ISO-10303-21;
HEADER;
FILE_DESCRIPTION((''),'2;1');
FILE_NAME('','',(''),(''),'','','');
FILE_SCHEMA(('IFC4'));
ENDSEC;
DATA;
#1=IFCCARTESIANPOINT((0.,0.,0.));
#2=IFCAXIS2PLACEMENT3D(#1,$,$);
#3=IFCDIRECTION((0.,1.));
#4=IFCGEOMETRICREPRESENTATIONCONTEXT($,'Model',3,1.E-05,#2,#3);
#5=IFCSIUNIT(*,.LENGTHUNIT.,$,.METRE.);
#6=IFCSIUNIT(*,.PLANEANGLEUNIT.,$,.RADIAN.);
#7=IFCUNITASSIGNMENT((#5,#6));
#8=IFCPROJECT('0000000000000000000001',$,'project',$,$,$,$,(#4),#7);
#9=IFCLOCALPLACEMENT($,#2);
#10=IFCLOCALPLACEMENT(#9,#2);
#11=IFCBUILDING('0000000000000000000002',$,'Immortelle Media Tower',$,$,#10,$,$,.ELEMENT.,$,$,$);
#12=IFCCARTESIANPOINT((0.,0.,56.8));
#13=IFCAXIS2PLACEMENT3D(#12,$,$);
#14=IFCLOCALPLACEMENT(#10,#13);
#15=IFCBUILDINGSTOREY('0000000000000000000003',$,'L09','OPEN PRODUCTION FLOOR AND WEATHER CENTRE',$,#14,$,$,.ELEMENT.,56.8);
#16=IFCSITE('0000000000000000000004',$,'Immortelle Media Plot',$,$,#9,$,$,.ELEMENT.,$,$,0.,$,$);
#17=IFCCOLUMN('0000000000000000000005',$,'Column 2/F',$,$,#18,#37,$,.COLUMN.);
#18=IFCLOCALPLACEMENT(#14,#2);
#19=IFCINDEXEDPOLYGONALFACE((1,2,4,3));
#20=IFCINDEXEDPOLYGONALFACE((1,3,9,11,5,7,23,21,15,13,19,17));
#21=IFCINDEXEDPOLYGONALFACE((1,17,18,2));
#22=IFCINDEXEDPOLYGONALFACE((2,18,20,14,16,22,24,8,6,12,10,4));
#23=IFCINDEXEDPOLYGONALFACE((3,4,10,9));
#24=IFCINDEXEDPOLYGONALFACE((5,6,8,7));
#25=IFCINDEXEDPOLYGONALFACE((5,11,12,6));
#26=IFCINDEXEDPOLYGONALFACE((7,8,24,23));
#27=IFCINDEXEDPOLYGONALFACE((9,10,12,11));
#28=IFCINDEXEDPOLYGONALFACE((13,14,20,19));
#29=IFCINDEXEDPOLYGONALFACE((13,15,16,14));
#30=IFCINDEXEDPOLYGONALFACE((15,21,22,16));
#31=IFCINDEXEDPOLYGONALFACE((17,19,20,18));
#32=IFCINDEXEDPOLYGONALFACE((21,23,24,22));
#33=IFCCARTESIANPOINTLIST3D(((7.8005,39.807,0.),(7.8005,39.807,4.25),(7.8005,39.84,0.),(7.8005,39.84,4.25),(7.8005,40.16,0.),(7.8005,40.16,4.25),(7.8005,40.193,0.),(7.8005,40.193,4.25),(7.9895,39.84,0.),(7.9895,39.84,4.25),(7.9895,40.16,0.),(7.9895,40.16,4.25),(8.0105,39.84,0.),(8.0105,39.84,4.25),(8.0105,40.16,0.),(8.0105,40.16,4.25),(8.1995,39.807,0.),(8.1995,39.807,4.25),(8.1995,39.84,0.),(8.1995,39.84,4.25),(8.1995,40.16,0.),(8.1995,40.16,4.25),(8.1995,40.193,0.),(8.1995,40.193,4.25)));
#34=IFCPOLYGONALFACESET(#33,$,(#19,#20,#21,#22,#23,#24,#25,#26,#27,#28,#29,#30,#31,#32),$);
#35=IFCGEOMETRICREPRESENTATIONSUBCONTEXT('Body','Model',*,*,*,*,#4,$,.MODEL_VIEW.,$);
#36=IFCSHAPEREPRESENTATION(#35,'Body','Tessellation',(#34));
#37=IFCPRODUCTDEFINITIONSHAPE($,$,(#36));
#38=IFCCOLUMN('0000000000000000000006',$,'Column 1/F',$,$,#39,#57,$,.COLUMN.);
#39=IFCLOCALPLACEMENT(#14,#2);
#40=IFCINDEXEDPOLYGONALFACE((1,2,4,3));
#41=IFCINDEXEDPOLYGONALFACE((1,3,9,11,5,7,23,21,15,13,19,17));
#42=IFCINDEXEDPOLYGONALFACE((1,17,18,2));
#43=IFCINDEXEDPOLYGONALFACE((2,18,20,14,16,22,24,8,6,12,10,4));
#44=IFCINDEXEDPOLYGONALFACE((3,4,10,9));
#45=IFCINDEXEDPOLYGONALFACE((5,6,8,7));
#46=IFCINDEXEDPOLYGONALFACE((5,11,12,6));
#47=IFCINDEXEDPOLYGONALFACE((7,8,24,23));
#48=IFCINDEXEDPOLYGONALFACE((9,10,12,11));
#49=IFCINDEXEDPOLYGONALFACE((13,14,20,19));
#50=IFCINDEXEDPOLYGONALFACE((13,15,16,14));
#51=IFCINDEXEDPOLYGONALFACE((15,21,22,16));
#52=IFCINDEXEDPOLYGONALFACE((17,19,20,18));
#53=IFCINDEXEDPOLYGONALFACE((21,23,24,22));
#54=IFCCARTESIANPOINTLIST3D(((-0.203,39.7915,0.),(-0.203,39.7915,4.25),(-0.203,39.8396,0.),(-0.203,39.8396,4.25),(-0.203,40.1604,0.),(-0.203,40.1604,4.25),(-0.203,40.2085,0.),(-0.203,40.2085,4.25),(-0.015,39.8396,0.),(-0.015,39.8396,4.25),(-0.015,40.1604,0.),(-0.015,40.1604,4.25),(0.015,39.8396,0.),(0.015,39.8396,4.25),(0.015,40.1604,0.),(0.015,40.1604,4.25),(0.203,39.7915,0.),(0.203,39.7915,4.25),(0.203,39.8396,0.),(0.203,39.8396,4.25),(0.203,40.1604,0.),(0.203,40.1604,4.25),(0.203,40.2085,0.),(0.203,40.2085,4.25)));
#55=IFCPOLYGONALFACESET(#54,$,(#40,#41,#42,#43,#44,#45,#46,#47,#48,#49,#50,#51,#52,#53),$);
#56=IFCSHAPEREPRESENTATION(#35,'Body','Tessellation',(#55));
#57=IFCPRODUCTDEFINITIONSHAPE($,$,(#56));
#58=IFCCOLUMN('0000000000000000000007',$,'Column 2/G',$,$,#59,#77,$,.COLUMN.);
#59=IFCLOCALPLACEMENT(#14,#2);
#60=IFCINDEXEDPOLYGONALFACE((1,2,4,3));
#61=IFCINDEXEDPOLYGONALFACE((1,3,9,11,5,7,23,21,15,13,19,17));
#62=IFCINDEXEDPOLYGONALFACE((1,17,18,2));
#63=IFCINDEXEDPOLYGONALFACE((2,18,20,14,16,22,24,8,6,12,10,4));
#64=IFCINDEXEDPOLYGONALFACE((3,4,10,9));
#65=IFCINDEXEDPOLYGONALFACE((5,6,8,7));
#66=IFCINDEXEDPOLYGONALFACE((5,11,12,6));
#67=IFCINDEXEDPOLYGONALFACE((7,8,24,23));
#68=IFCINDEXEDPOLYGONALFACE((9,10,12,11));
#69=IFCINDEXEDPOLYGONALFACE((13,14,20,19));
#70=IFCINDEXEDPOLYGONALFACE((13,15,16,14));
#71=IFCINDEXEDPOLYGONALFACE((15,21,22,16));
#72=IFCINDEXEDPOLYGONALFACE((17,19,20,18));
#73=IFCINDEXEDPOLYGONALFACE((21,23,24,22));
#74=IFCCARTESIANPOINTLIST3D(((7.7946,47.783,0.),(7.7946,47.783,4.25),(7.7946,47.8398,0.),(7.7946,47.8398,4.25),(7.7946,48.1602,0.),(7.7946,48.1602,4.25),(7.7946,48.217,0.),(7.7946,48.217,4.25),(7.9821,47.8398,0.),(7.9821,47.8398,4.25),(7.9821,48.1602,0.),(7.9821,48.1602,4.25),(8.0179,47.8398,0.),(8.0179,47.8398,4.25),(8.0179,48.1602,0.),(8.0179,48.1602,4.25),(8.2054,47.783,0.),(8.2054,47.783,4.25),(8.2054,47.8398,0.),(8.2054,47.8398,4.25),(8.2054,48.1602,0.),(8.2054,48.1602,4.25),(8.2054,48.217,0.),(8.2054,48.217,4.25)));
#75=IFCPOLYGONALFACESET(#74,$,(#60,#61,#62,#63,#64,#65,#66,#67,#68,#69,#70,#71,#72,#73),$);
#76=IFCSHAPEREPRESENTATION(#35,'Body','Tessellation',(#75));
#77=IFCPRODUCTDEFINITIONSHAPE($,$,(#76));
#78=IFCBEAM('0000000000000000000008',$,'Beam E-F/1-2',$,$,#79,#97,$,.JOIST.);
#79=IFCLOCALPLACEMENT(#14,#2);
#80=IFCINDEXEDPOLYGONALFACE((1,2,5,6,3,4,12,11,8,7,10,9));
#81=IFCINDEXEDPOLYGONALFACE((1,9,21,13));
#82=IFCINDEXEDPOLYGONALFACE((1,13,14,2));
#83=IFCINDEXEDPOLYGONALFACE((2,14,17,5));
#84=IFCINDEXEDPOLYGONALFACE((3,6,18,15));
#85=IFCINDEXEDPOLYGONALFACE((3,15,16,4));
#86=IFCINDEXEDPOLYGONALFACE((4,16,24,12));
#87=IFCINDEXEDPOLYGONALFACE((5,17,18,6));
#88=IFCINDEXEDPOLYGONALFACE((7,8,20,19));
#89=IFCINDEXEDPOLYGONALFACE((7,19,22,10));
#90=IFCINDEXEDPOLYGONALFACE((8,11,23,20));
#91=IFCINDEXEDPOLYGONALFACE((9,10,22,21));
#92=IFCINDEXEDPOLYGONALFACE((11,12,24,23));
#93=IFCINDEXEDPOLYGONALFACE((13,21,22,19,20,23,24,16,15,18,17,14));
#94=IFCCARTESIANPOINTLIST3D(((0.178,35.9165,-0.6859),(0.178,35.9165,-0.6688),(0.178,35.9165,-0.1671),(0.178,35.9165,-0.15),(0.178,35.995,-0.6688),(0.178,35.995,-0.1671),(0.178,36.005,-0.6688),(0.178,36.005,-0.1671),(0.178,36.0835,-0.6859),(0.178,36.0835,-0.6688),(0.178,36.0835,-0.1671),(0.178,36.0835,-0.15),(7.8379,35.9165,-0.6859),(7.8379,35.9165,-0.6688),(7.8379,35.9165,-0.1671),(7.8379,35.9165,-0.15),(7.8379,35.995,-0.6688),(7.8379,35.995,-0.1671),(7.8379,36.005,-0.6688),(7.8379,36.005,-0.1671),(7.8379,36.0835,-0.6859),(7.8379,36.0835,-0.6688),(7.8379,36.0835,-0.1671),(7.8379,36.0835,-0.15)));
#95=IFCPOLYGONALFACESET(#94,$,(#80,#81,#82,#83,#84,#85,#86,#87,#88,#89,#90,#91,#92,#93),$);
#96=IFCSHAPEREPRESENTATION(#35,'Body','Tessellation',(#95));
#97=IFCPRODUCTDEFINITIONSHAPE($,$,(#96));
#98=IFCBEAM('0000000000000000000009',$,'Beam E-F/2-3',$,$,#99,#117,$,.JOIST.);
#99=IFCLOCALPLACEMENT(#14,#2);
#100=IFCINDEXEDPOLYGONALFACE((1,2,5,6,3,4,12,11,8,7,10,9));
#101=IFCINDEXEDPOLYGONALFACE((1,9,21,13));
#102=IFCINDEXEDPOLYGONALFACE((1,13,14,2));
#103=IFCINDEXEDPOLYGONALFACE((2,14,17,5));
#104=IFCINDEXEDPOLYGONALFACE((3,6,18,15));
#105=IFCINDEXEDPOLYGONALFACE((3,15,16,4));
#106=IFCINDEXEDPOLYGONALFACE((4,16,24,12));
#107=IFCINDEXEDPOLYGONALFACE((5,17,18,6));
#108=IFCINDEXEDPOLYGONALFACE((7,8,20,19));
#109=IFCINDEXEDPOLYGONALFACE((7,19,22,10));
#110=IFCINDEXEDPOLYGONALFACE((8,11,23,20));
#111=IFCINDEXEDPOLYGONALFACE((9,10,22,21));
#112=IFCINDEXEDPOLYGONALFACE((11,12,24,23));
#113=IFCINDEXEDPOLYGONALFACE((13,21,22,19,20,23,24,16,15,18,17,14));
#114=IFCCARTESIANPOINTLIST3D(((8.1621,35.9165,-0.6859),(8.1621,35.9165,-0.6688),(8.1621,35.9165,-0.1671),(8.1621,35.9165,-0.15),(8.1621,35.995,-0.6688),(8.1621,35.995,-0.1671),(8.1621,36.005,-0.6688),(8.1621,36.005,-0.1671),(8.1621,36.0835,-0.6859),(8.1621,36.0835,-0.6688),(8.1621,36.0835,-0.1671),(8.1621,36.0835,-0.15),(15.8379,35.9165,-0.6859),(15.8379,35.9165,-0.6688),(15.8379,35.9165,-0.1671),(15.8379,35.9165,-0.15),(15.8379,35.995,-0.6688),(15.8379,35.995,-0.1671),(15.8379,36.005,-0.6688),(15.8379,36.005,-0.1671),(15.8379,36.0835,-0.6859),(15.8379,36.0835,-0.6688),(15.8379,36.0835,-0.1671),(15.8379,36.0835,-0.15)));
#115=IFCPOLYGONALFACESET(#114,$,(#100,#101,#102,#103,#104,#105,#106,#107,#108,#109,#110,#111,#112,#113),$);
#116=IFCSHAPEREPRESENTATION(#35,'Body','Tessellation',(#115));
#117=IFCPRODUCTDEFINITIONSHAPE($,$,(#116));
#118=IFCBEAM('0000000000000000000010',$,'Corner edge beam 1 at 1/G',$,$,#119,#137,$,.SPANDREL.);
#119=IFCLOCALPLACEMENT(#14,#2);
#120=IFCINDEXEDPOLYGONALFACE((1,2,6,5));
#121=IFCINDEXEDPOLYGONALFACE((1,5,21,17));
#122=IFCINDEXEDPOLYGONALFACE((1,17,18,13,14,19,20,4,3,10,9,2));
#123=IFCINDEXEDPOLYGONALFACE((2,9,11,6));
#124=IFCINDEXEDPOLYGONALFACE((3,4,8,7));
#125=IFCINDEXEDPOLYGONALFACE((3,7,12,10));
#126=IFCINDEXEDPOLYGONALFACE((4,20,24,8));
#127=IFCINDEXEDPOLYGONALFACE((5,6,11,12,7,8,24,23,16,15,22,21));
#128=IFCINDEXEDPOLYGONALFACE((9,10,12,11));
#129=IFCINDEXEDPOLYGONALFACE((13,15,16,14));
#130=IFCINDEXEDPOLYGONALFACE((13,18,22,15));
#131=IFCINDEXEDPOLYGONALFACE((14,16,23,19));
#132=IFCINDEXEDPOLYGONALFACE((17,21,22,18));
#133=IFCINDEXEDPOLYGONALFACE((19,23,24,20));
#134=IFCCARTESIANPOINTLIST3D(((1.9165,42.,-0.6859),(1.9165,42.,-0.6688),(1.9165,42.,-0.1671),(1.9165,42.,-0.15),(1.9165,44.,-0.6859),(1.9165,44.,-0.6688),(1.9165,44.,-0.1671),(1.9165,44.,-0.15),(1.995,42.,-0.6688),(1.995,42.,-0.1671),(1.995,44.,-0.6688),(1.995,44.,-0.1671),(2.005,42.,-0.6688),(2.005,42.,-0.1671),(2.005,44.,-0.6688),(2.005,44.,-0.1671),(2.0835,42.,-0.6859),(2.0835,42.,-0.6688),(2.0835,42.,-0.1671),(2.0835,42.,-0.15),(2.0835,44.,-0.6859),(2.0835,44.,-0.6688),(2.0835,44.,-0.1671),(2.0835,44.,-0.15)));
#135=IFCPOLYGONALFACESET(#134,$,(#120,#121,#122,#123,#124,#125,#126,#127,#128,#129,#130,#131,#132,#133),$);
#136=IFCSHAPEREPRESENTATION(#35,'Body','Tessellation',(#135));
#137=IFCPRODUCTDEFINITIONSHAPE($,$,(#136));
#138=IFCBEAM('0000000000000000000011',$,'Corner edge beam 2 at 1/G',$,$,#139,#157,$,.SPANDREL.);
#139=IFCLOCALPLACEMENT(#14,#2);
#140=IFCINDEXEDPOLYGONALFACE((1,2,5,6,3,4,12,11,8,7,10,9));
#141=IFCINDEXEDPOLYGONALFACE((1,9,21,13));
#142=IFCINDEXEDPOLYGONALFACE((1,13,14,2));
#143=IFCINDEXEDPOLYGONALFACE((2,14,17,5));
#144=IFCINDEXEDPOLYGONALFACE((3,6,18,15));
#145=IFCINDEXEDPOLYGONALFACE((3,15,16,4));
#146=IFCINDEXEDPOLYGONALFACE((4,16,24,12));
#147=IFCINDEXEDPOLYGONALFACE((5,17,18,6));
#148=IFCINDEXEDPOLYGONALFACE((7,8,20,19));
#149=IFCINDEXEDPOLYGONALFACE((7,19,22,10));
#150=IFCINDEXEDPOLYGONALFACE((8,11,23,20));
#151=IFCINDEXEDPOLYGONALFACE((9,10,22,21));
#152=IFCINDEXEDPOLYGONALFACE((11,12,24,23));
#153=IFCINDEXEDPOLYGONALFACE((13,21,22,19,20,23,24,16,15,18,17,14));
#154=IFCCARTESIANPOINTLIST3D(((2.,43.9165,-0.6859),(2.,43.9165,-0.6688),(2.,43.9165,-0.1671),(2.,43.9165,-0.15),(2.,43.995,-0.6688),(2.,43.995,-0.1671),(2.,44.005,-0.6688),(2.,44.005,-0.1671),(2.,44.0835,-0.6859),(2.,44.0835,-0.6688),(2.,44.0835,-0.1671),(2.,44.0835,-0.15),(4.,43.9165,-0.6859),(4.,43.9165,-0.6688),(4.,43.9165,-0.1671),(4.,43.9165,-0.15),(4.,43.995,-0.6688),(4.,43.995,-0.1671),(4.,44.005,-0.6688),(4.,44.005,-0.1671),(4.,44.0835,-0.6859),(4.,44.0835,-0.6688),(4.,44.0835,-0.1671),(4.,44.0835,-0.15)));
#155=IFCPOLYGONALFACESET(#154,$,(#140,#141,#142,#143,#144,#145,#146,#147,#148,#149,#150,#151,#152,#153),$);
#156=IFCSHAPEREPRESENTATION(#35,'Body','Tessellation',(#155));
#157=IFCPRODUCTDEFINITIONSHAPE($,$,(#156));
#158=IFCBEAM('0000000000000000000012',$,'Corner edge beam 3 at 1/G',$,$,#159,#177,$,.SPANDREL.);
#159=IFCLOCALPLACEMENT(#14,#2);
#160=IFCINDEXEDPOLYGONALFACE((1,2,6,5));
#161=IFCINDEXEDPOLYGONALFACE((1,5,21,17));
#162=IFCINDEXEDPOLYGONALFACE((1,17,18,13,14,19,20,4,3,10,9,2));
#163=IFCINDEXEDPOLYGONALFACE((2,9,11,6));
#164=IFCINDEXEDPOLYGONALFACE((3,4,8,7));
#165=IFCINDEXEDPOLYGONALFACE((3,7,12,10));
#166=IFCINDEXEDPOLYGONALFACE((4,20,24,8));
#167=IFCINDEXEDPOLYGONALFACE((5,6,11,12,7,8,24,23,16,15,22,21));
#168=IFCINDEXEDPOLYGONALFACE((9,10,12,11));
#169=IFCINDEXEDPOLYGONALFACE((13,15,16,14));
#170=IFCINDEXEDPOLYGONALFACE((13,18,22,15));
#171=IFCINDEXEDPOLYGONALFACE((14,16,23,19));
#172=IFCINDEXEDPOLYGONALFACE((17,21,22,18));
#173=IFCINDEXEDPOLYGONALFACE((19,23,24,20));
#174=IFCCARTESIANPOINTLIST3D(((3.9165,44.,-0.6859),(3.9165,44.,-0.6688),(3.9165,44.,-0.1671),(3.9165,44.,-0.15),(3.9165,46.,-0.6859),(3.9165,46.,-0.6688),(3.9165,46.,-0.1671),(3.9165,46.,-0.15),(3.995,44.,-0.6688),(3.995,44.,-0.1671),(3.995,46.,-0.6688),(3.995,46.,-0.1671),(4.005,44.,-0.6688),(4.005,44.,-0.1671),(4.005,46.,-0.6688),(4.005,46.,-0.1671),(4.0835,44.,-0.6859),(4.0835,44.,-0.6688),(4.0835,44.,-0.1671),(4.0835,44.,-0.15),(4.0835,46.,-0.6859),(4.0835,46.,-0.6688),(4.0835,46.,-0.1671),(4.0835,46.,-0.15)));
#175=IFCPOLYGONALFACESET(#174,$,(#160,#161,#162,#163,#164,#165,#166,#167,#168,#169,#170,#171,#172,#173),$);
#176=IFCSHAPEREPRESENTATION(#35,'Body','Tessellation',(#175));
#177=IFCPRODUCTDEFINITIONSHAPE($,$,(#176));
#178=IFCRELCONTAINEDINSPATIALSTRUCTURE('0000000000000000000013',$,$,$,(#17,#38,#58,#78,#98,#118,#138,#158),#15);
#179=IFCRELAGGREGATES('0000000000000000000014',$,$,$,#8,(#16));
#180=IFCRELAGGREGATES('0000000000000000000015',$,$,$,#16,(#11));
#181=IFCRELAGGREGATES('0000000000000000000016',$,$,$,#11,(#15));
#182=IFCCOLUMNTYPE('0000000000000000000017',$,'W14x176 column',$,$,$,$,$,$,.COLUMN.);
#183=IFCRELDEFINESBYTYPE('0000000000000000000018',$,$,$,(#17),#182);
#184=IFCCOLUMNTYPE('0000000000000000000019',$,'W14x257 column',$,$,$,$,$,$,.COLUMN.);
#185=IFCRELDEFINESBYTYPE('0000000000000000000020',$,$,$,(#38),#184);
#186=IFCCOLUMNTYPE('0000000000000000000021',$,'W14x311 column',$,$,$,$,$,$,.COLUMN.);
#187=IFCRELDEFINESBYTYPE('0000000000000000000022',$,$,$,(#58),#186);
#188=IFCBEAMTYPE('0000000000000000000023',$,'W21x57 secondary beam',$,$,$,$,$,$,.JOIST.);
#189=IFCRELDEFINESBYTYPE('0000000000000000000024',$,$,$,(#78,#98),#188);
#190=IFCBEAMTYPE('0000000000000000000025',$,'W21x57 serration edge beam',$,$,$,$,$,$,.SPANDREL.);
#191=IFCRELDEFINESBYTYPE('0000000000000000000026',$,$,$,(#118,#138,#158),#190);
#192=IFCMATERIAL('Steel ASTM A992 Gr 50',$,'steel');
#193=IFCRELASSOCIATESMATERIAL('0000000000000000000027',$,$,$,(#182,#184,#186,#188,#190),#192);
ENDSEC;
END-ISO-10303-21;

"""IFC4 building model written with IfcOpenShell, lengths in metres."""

from ifc_helpers import new_model, si_unit, direction, frame, origin, origin_2d, place, context, subcontext, project, spatial, i_section, extrude, material, material_profile, profile_set, type_object, element, save


model = new_model("IFC4")

# Units and contexts
model_context = context("Model", 3, precision=1e-05, world=origin(), true_north=direction((0.0, 1.0)))
body_context = subcontext(model_context, "Body", "Model", "MODEL_VIEW")
ifc_project = project(units=[si_unit("LENGTHUNIT", "METRE"), si_unit("PLANEANGLEUNIT", "RADIAN")], contexts=[model_context])

# Site, building, storey
site_placement = place(None, origin())
site = spatial("IfcSite", under=ifc_project, at=site_placement, Name="Immortelle Media Plot", CompositionType="ELEMENT", RefElevation=0.0)
building_placement = place(site_placement, origin())
building = spatial("IfcBuilding", under=site, at=building_placement, Name="Immortelle Media Tower", CompositionType="ELEMENT")
storey_placement = place(building_placement, frame((0.0, 0.0, 56.8)))
storey = spatial("IfcBuildingStorey", under=building, at=storey_placement, Name="L09", Description="OPEN PRODUCTION FLOOR AND WEATHER CENTRE", CompositionType="ELEMENT", Elevation=56.8)

# Columns
ifc_material_1 = material(Name="Steel ASTM A992 Gr 50", Category="steel")
ifc_material_profile_1 = material_profile(ifc_material_1, i_section(OverallWidth=0.3989, OverallDepth=0.386, WebThickness=0.021, FlangeThickness=0.033, at=origin_2d()), Name="W14x176")
ifc_profile_set_1 = profile_set([ifc_material_profile_1], Name="Steel ASTM A992 Gr 50")
column_type_1 = type_object("IfcColumnType", Name="W14x176 column", PredefinedType="COLUMN", material=ifc_profile_set_1)
column_1_placement = place(storey_placement, frame((8.0, 40.0, 0.0), z_axis=(0.0, 0.0, 1.0), x_axis=(1.0, 0.0, 0.0)))
element("IfcColumn", 1, at=column_1_placement, inside=storey, type_object=column_type_1, Name="Column 2/F", PredefinedType="COLUMN", context=body_context, shape_type="SweptSolid", body=[
    extrude(i_section(OverallWidth=0.3989, OverallDepth=0.386, WebThickness=0.021, FlangeThickness=0.033, at=origin_2d()), origin(), (0.0, 0.0, 1.0), 4.25),
])
ifc_material_profile_2 = material_profile(ifc_material_1, i_section(OverallWidth=0.406, OverallDepth=0.417, WebThickness=0.03, FlangeThickness=0.0481, at=origin_2d()), Name="W14x257")
ifc_profile_set_2 = profile_set([ifc_material_profile_2], Name="Steel ASTM A992 Gr 50")
column_type_2 = type_object("IfcColumnType", Name="W14x257 column", PredefinedType="COLUMN", material=ifc_profile_set_2)
column_2_placement = place(storey_placement, frame((0.0, 40.0, 0.0), z_axis=(0.0, 0.0, 1.0), x_axis=(1.0, 0.0, 0.0)))
element("IfcColumn", 2, at=column_2_placement, inside=storey, type_object=column_type_2, Name="Column 1/F", PredefinedType="COLUMN", context=body_context, shape_type="SweptSolid", body=[
    extrude(i_section(OverallWidth=0.406, OverallDepth=0.417, WebThickness=0.03, FlangeThickness=0.0481, at=origin_2d()), origin(), (0.0, 0.0, 1.0), 4.25),
])
ifc_material_profile_3 = material_profile(ifc_material_1, i_section(OverallWidth=0.4109, OverallDepth=0.4341, WebThickness=0.0359, FlangeThickness=0.0569, at=origin_2d()), Name="W14x311")
ifc_profile_set_3 = profile_set([ifc_material_profile_3], Name="Steel ASTM A992 Gr 50")
column_type_3 = type_object("IfcColumnType", Name="W14x311 column", PredefinedType="COLUMN", material=ifc_profile_set_3)
column_3_placement = place(storey_placement, frame((8.0, 48.0, 0.0), z_axis=(0.0, 0.0, 1.0), x_axis=(1.0, 0.0, 0.0)))
element("IfcColumn", 3, at=column_3_placement, inside=storey, type_object=column_type_3, Name="Column 2/G", PredefinedType="COLUMN", context=body_context, shape_type="SweptSolid", body=[
    extrude(i_section(OverallWidth=0.4109, OverallDepth=0.4341, WebThickness=0.0359, FlangeThickness=0.0569, at=origin_2d()), origin(), (0.0, 0.0, 1.0), 4.25),
])

# Beams
ifc_material_profile_4 = material_profile(ifc_material_1, i_section(OverallWidth=0.167, OverallDepth=0.5359, WebThickness=0.01, FlangeThickness=0.0171, at=origin_2d()), Name="W21x57")
ifc_profile_set_4 = profile_set([ifc_material_profile_4], Name="Steel ASTM A992 Gr 50")
beam_type_1 = type_object("IfcBeamType", Name="W21x57 secondary beam", PredefinedType="JOIST", material=ifc_profile_set_4)
beam_1_placement = place(storey_placement, frame((0.178, 36.0, -0.418), z_axis=(1.0, 0.0, 0.0), x_axis=(0.0, 1.0, 0.0)))
element("IfcBeam", 4, at=beam_1_placement, inside=storey, type_object=beam_type_1, Name="Beam E-F/1-2", PredefinedType="JOIST", context=body_context, shape_type="SweptSolid", body=[
    extrude(i_section(OverallWidth=0.167, OverallDepth=0.5359, WebThickness=0.01, FlangeThickness=0.0171, at=origin_2d()), origin(), (0.0, 0.0, 1.0), 7.6599),
])
beam_2_placement = place(storey_placement, frame((8.1621, 36.0, -0.418), z_axis=(1.0, 0.0, 0.0), x_axis=(0.0, 1.0, 0.0)))
element("IfcBeam", 5, at=beam_2_placement, inside=storey, type_object=beam_type_1, Name="Beam E-F/2-3", PredefinedType="JOIST", context=body_context, shape_type="SweptSolid", body=[
    extrude(i_section(OverallWidth=0.167, OverallDepth=0.5359, WebThickness=0.01, FlangeThickness=0.0171, at=origin_2d()), origin(), (0.0, 0.0, 1.0), 7.6758),
])
ifc_material_profile_5 = material_profile(ifc_material_1, i_section(OverallWidth=0.167, OverallDepth=0.5359, WebThickness=0.01, FlangeThickness=0.0171, at=origin_2d()), Name="W21x57")
ifc_profile_set_5 = profile_set([ifc_material_profile_5], Name="Steel ASTM A992 Gr 50")
beam_type_2 = type_object("IfcBeamType", Name="W21x57 serration edge beam", PredefinedType="SPANDREL", material=ifc_profile_set_5)
for number, where, z_axis, x_axis, name in (
    (6, (2.0, 42.0, -0.418), (0.0, 1.0, 0.0), (-1.0, 0.0, 0.0), "Corner edge beam 1 at 1/G"),
    (7, (2.0, 44.0, -0.418), (1.0, 0.0, 0.0), (0.0, 1.0, 0.0), "Corner edge beam 2 at 1/G"),
    (8, (4.0, 44.0, -0.418), (0.0, 1.0, 0.0), (-1.0, 0.0, 0.0), "Corner edge beam 3 at 1/G"),
):
    element("IfcBeam", number, at=place(storey_placement, frame(where, z_axis=z_axis, x_axis=x_axis)), inside=storey, type_object=beam_type_2, Name=name, PredefinedType="SPANDREL", context=body_context, shape_type="SweptSolid", body=[
        extrude(i_section(OverallWidth=0.167, OverallDepth=0.5359, WebThickness=0.01, FlangeThickness=0.0171, at=origin_2d()), origin(), (0.0, 0.0, 1.0), 2.0),
    ])

save(model, "model.ifc")
